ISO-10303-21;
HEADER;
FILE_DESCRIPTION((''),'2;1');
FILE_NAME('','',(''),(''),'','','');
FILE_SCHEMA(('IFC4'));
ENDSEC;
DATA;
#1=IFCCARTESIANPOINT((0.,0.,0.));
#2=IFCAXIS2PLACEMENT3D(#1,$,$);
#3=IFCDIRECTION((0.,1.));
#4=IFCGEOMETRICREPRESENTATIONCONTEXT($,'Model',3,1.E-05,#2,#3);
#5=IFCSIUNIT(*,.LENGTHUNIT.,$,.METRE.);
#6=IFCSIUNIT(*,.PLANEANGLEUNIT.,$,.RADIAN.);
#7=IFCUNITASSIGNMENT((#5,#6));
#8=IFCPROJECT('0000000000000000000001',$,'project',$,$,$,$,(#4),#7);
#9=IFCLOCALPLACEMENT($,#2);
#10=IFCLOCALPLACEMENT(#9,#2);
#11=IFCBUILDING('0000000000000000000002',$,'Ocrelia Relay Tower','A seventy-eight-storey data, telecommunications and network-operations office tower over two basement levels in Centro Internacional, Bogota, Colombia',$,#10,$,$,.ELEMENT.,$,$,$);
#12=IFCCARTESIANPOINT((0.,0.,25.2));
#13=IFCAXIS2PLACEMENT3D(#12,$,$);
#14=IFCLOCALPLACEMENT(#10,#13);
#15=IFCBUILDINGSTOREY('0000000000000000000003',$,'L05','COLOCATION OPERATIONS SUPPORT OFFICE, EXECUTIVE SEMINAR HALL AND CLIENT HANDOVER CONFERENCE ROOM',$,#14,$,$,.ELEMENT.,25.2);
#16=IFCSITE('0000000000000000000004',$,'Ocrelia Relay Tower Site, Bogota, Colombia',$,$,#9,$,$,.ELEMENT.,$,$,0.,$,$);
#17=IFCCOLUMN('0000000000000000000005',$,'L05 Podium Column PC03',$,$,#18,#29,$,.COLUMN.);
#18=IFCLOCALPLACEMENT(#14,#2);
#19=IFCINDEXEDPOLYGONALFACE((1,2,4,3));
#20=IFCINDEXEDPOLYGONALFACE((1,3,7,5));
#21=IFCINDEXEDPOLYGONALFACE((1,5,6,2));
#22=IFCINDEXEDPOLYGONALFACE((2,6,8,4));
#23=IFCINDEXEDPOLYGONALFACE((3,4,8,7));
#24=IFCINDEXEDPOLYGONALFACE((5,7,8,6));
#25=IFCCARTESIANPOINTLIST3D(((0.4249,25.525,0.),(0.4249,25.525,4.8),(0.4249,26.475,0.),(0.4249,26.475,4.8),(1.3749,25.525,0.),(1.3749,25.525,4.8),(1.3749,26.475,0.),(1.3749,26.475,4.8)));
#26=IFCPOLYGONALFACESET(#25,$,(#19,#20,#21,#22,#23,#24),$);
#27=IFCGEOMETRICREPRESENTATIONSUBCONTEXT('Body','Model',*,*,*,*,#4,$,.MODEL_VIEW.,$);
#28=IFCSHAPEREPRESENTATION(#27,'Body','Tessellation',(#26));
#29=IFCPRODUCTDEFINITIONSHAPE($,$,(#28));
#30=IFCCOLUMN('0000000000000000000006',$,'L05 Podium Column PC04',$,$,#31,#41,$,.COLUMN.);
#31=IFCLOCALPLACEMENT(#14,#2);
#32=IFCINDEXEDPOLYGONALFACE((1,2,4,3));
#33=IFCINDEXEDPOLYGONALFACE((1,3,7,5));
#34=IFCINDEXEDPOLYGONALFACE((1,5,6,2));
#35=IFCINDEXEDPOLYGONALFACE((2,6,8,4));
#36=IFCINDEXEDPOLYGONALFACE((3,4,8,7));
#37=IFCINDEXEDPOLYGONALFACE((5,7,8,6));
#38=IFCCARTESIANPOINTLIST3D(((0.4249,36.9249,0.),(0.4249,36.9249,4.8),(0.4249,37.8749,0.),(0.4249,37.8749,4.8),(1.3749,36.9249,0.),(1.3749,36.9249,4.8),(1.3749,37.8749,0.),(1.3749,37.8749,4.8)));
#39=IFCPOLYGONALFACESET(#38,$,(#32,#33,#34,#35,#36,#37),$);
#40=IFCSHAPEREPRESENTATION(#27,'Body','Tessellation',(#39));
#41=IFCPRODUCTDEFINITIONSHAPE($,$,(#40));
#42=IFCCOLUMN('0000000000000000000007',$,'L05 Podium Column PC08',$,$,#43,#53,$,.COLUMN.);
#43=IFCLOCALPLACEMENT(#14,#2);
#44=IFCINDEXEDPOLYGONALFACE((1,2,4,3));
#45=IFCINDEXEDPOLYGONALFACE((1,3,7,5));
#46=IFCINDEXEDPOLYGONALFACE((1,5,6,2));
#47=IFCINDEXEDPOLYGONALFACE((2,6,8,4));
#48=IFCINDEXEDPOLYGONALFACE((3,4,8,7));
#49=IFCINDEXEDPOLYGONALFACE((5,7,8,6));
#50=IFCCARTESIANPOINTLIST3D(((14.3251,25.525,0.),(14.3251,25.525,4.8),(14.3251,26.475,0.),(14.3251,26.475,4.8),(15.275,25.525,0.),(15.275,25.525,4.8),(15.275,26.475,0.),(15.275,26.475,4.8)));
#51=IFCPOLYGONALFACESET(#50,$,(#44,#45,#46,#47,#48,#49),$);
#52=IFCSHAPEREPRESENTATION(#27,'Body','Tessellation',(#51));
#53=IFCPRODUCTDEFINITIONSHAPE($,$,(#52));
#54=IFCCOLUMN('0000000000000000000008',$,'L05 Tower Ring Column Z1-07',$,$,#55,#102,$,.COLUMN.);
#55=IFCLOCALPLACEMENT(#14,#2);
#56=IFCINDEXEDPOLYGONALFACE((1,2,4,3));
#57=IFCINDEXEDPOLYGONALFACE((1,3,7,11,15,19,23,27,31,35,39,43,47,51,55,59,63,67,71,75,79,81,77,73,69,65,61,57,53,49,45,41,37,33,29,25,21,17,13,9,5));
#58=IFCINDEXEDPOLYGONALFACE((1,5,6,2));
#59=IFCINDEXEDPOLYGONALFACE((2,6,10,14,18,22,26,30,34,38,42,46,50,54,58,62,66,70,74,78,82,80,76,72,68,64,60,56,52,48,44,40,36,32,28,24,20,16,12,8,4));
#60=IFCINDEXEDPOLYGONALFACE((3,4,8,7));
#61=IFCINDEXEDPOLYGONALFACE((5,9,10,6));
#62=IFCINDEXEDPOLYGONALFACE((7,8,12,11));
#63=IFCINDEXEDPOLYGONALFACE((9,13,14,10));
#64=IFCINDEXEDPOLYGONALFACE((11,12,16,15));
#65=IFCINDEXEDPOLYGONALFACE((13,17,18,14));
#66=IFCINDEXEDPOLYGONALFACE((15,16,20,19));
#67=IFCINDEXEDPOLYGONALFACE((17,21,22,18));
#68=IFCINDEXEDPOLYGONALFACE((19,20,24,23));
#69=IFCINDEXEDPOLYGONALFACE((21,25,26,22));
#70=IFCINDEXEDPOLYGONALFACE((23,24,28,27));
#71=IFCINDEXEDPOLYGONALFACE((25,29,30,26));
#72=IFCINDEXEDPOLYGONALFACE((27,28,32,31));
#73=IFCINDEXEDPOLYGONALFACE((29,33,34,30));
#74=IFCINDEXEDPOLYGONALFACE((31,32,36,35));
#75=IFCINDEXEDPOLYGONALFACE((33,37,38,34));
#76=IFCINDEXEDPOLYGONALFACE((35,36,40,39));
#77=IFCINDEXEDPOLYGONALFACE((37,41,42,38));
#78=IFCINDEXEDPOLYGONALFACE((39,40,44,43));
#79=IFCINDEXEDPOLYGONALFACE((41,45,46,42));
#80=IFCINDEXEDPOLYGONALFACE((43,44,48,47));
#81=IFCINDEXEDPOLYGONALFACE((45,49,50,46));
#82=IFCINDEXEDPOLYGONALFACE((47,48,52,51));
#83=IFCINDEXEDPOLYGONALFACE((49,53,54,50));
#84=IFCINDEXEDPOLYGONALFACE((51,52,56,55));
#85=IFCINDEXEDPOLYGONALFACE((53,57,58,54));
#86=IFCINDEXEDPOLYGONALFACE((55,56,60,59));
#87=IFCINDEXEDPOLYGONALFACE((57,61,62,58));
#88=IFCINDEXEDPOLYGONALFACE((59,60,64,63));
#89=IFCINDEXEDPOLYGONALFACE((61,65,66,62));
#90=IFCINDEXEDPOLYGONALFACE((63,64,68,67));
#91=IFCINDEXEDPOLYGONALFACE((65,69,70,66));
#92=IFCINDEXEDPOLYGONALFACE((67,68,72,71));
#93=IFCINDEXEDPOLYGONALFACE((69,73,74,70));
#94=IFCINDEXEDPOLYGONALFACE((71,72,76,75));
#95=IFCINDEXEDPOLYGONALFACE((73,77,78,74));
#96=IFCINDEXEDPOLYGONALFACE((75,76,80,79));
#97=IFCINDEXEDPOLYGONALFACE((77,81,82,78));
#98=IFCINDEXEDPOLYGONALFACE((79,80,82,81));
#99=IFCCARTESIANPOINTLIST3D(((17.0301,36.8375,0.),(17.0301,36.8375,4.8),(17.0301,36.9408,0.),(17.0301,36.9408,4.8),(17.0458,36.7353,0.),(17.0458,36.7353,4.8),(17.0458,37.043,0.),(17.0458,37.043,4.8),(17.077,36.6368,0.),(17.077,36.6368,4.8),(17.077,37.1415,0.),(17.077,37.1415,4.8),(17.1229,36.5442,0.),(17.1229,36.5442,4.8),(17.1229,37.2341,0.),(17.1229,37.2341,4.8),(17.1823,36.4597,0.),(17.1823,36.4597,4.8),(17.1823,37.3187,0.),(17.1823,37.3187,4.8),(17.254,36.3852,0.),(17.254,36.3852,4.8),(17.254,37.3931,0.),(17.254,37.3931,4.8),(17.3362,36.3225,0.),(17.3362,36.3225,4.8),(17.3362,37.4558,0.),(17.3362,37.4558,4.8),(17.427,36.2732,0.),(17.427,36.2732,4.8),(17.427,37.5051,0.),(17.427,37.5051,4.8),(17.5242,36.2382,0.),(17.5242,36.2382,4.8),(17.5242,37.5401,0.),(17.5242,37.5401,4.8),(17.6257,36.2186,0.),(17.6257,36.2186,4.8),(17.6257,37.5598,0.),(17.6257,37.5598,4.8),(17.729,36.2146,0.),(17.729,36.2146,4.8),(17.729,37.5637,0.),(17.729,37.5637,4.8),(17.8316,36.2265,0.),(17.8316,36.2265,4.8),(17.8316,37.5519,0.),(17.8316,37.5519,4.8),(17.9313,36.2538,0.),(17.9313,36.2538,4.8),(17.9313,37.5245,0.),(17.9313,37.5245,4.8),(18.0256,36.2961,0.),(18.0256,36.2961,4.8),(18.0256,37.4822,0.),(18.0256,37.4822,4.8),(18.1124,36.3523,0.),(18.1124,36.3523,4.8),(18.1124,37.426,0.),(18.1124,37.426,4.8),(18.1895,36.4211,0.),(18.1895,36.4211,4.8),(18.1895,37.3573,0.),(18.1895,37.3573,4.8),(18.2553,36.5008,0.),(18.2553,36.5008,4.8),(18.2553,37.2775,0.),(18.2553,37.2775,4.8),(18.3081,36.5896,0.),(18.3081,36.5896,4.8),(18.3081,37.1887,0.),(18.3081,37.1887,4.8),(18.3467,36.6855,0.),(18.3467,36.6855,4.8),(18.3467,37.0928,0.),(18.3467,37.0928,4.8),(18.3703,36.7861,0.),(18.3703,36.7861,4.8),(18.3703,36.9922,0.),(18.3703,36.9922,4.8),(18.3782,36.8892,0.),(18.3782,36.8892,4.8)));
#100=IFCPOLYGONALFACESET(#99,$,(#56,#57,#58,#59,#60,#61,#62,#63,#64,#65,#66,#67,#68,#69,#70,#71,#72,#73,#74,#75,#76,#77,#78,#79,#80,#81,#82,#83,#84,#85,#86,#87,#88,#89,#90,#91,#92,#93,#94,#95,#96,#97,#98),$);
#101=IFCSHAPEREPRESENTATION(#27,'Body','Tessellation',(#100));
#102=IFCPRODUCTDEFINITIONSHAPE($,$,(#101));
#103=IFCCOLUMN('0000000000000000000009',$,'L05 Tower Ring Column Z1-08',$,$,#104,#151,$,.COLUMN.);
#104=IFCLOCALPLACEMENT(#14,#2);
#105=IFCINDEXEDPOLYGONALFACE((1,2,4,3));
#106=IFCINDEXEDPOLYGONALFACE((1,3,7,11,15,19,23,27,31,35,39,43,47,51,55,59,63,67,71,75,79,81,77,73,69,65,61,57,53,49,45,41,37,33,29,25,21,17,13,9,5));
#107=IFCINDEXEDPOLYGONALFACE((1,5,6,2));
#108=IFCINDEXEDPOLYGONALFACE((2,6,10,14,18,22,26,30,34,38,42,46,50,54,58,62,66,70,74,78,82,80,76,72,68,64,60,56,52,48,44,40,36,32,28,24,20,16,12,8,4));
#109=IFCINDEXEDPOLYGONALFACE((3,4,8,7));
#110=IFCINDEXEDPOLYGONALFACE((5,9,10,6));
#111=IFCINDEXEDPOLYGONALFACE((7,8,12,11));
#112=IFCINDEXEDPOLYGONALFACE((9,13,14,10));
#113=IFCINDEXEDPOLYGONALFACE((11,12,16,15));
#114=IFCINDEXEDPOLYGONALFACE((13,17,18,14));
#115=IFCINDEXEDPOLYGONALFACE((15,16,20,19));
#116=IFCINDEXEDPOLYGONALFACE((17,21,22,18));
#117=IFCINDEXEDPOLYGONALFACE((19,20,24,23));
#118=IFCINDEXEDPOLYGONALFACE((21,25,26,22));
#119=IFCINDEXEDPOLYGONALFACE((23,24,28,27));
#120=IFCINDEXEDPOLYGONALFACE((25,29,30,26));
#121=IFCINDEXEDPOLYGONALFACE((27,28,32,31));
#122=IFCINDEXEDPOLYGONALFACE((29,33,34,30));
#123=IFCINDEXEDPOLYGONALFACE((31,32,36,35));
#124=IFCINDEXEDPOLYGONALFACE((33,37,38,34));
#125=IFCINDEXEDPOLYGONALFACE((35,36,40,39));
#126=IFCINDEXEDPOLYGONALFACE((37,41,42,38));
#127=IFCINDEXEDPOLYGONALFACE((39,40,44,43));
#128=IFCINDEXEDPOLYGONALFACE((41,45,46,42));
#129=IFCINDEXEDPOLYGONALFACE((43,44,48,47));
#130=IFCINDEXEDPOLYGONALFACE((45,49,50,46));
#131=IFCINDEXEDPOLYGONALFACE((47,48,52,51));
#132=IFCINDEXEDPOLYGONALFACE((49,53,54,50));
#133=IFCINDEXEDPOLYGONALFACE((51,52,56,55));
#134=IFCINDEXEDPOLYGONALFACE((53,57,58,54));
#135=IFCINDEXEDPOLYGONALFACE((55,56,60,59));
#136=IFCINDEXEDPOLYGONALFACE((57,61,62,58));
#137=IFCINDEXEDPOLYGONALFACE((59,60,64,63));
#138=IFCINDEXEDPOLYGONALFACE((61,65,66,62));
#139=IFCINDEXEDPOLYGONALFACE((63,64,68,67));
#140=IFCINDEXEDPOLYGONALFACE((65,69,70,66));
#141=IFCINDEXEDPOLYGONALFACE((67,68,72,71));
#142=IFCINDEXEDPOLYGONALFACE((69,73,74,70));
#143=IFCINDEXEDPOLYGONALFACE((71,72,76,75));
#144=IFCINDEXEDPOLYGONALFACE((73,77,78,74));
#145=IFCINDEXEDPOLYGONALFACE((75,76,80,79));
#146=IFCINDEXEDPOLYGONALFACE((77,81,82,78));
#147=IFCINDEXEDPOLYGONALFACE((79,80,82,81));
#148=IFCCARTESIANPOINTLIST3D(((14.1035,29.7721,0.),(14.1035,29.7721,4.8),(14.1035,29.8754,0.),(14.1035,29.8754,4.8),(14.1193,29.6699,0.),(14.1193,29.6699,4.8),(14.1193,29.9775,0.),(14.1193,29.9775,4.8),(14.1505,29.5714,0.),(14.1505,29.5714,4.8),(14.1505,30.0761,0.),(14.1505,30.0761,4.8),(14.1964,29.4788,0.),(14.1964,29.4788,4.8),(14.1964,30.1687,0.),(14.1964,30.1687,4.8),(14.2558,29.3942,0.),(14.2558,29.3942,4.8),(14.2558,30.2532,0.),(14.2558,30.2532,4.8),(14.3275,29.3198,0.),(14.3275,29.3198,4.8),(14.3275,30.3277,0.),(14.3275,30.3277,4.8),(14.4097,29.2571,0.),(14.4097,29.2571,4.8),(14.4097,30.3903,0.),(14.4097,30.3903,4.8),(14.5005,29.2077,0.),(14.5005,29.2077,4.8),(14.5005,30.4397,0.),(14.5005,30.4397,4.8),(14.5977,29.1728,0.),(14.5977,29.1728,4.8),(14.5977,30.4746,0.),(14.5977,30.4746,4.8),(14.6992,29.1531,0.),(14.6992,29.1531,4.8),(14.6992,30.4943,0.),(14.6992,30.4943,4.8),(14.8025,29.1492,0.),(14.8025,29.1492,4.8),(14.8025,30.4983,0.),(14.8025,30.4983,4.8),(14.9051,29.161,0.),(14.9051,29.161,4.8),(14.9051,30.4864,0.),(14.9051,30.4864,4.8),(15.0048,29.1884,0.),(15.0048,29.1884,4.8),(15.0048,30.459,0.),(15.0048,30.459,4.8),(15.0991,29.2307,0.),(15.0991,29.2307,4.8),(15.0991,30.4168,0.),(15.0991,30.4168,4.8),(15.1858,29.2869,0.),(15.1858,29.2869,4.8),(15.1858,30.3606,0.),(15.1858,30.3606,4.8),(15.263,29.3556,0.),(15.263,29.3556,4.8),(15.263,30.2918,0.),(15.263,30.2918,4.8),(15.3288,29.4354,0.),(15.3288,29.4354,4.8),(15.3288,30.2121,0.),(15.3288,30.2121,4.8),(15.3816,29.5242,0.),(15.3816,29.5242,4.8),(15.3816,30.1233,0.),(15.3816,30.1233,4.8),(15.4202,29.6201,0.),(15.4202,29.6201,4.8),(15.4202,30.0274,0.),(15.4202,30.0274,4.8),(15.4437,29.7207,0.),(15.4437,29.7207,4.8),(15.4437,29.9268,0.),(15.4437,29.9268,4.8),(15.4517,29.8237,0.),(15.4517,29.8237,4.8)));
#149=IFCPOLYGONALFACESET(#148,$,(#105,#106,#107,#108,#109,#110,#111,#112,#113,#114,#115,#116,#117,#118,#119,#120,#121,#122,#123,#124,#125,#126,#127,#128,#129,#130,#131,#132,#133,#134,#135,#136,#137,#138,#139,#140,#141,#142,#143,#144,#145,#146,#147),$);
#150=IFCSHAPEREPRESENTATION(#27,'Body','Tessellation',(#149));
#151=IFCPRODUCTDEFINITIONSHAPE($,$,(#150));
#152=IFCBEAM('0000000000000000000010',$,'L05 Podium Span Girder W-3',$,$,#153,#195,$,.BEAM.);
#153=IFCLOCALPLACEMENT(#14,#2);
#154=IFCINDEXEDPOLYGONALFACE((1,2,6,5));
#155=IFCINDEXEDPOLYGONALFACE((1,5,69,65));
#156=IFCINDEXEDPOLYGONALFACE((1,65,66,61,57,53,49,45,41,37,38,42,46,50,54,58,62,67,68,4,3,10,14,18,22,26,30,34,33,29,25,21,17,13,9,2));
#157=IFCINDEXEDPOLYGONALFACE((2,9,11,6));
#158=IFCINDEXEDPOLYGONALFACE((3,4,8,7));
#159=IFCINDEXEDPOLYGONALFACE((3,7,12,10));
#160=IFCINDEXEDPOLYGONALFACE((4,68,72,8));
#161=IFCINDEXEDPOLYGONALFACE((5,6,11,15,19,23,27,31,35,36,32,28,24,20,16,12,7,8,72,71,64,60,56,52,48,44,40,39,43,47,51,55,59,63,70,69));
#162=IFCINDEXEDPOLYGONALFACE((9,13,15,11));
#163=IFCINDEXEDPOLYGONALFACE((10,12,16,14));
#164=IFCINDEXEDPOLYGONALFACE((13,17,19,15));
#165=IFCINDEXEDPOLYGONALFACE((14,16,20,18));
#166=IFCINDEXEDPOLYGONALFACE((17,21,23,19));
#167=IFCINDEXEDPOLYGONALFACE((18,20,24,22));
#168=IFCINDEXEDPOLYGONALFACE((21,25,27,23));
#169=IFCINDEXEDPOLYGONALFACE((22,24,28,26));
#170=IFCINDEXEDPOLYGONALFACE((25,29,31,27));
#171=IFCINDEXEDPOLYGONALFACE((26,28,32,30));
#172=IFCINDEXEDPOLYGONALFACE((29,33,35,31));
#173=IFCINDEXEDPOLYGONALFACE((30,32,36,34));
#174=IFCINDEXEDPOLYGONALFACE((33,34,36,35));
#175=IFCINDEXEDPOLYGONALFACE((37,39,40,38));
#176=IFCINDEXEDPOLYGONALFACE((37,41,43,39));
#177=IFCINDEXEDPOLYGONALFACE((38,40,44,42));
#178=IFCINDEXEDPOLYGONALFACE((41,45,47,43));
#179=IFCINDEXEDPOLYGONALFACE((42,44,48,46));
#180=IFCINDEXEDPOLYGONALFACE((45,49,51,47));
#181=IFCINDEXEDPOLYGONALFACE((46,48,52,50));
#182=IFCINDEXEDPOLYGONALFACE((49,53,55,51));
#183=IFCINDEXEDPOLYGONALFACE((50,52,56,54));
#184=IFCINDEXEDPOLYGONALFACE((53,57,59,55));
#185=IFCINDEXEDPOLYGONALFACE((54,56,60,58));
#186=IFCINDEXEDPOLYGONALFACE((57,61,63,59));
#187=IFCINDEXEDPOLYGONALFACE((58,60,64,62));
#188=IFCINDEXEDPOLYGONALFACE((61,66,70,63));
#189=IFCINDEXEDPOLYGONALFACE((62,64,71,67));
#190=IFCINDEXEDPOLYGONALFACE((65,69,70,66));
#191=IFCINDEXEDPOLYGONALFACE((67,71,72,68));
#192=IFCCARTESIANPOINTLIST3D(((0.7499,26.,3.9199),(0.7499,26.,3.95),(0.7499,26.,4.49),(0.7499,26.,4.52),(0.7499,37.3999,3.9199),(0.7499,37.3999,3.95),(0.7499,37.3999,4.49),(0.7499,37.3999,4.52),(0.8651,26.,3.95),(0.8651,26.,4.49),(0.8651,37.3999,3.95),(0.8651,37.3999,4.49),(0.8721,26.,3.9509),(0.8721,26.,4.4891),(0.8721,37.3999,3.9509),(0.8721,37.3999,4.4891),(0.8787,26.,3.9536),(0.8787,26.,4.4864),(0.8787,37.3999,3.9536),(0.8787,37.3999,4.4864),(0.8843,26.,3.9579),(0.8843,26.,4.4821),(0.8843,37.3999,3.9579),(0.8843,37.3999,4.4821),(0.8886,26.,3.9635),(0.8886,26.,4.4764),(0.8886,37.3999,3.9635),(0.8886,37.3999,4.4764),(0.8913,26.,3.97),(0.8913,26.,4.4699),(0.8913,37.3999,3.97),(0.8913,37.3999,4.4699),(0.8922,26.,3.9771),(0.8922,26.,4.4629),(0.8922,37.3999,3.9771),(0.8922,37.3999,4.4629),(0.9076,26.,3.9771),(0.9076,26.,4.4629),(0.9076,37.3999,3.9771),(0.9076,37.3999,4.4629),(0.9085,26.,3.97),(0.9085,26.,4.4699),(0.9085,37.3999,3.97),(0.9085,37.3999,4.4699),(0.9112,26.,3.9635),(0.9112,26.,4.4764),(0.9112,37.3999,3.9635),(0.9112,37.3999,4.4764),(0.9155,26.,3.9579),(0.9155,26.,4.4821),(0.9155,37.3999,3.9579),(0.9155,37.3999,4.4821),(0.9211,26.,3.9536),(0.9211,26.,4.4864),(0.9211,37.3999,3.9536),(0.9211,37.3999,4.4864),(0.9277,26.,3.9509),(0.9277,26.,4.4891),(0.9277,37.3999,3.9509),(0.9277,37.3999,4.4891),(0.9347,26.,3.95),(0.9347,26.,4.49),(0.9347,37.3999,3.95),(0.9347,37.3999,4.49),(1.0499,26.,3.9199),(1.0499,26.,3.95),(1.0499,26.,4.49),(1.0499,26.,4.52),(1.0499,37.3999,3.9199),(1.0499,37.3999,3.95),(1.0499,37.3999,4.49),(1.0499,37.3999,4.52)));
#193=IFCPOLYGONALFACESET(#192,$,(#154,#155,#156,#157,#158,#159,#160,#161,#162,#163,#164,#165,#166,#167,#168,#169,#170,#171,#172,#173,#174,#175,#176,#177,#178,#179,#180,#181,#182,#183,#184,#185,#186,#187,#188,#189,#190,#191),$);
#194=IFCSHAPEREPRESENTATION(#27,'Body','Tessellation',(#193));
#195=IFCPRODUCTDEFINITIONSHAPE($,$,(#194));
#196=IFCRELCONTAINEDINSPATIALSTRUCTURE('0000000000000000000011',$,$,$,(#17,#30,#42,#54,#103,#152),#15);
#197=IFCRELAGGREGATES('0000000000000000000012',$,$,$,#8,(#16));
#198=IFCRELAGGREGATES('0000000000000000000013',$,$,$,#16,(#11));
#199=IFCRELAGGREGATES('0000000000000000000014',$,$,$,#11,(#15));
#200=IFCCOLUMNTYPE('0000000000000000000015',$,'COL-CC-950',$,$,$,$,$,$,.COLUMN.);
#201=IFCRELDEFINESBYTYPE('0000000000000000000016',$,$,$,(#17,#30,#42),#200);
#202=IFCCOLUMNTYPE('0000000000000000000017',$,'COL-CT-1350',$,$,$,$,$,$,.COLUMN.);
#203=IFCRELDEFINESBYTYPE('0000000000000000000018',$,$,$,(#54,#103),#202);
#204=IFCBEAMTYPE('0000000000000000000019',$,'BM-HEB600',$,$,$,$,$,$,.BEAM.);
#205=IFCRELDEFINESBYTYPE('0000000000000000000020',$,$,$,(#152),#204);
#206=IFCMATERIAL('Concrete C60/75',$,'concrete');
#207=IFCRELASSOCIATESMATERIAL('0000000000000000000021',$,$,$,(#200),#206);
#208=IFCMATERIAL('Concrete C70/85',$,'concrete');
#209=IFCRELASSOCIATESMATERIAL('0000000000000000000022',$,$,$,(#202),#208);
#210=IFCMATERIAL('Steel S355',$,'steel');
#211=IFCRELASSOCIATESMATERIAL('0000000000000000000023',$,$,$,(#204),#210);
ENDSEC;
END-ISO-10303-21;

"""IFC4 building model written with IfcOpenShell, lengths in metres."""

from ifc_helpers import new_model, si_unit, direction, frame, origin, origin_2d, place, context, subcontext, project, spatial, rectangle, circle, i_section, extrude, material, material_profile, profile_set, type_object, element, save


model = new_model("IFC4")

# Units and contexts
model_context = context("Model", 3, precision=1e-05, world=origin(), true_north=direction((0.0, 1.0)))
body_context = subcontext(model_context, "Body", "Model", "MODEL_VIEW")
ifc_project = project(units=[si_unit("LENGTHUNIT", "METRE"), si_unit("PLANEANGLEUNIT", "RADIAN")], contexts=[model_context])

# Site, building, storey
site_placement = place(None, origin())
site = spatial("IfcSite", under=ifc_project, at=site_placement, Name="Ocrelia Relay Tower Site, Bogota, Colombia", CompositionType="ELEMENT", RefElevation=0.0)
building_placement = place(site_placement, origin())
building = spatial("IfcBuilding", under=site, at=building_placement, Name="Ocrelia Relay Tower", Description="A seventy-eight-storey data, telecommunications and network-operations office tower over two basement levels in Centro Internacional, Bogota, Colombia", CompositionType="ELEMENT")
storey_placement = place(building_placement, frame((0.0, 0.0, 25.2)))
storey = spatial("IfcBuildingStorey", under=building, at=storey_placement, Name="L05", Description="COLOCATION OPERATIONS SUPPORT OFFICE, EXECUTIVE SEMINAR HALL AND CLIENT HANDOVER CONFERENCE ROOM", CompositionType="ELEMENT", Elevation=25.2)

# Columns
ifc_material_1 = material(Name="Concrete C60/75", Category="concrete")
ifc_material_profile_1 = material_profile(ifc_material_1, rectangle(XDim=0.95, YDim=0.95, at=origin_2d()), Name="RC-COL-950x950")
ifc_profile_set_1 = profile_set([ifc_material_profile_1], Name="Concrete C60/75")
column_type_1 = type_object("IfcColumnType", Name="COL-CC-950", PredefinedType="COLUMN", material=ifc_profile_set_1)
for number, where, z_axis, x_axis, name in (
    (1, (0.8999, 26.0, 0.0), (0.0, 0.0, 1.0), (1.0, 0.0, 0.0), "L05 Podium Column PC03"),
    (2, (0.8999, 37.3999, 0.0), (0.0, 0.0, 1.0), (1.0, 0.0, 0.0), "L05 Podium Column PC04"),
    (3, (14.8, 26.0, 0.0), (0.0, 0.0, 1.0), (1.0, 0.0, 0.0), "L05 Podium Column PC08"),
):
    element("IfcColumn", number, at=place(storey_placement, frame(where, z_axis=z_axis, x_axis=x_axis)), inside=storey, type_object=column_type_1, Name=name, PredefinedType="COLUMN", context=body_context, shape_type="SweptSolid", body=[
        extrude(rectangle(XDim=0.95, YDim=0.95, at=origin_2d()), origin(), (0.0, 0.0, 1.0), 4.8),
    ])
ifc_material_2 = material(Name="Concrete C70/85", Category="concrete")
ifc_material_profile_2 = material_profile(ifc_material_2, circle(Radius=0.675, at=origin_2d()), Name="RC-CIR-1350")
ifc_profile_set_2 = profile_set([ifc_material_profile_2], Name="Concrete C70/85")
column_type_2 = type_object("IfcColumnType", Name="COL-CT-1350", PredefinedType="COLUMN", material=ifc_profile_set_2)
for number, where, z_axis, x_axis, name in (
    (4, (17.7031, 36.8892, 0.0), (0.0, 0.0, 1.0), (1.0, 0.0, 0.0), "L05 Tower Ring Column Z1-07"),
    (5, (14.7766, 29.8237, 0.0), (0.0, 0.0, 1.0), (1.0, 0.0, 0.0), "L05 Tower Ring Column Z1-08"),
):
    element("IfcColumn", number, at=place(storey_placement, frame(where, z_axis=z_axis, x_axis=x_axis)), inside=storey, type_object=column_type_2, Name=name, PredefinedType="COLUMN", context=body_context, shape_type="SweptSolid", body=[
        extrude(circle(Radius=0.675, at=origin_2d()), origin(), (0.0, 0.0, 1.0), 4.8),
    ])

# Beam
ifc_material_3 = material(Name="Steel S355", Category="steel")
ifc_material_profile_3 = material_profile(ifc_material_3, i_section(OverallWidth=0.3, OverallDepth=0.6001, WebThickness=0.0154, FlangeThickness=0.03, FilletRadius=0.0271, at=origin_2d()), Name="HEB 600")
ifc_profile_set_3 = profile_set([ifc_material_profile_3], Name="Steel S355")
beam_type_1 = type_object("IfcBeamType", Name="BM-HEB600", PredefinedType="BEAM", material=ifc_profile_set_3)
beam_1_placement = place(storey_placement, frame((0.8999, 26.0, 4.22), z_axis=(0.0, 1.0, 0.0), x_axis=(-1.0, 0.0, 0.0)))
element("IfcBeam", 6, at=beam_1_placement, inside=storey, type_object=beam_type_1, Name="L05 Podium Span Girder W-3", PredefinedType="BEAM", context=body_context, shape_type="SweptSolid", body=[
    extrude(i_section(OverallWidth=0.3, OverallDepth=0.6001, WebThickness=0.0154, FlangeThickness=0.03, FilletRadius=0.0271, at=origin_2d()), origin(), (0.0, 0.0, 1.0), 11.3999),
])

save(model, "model.ifc")
